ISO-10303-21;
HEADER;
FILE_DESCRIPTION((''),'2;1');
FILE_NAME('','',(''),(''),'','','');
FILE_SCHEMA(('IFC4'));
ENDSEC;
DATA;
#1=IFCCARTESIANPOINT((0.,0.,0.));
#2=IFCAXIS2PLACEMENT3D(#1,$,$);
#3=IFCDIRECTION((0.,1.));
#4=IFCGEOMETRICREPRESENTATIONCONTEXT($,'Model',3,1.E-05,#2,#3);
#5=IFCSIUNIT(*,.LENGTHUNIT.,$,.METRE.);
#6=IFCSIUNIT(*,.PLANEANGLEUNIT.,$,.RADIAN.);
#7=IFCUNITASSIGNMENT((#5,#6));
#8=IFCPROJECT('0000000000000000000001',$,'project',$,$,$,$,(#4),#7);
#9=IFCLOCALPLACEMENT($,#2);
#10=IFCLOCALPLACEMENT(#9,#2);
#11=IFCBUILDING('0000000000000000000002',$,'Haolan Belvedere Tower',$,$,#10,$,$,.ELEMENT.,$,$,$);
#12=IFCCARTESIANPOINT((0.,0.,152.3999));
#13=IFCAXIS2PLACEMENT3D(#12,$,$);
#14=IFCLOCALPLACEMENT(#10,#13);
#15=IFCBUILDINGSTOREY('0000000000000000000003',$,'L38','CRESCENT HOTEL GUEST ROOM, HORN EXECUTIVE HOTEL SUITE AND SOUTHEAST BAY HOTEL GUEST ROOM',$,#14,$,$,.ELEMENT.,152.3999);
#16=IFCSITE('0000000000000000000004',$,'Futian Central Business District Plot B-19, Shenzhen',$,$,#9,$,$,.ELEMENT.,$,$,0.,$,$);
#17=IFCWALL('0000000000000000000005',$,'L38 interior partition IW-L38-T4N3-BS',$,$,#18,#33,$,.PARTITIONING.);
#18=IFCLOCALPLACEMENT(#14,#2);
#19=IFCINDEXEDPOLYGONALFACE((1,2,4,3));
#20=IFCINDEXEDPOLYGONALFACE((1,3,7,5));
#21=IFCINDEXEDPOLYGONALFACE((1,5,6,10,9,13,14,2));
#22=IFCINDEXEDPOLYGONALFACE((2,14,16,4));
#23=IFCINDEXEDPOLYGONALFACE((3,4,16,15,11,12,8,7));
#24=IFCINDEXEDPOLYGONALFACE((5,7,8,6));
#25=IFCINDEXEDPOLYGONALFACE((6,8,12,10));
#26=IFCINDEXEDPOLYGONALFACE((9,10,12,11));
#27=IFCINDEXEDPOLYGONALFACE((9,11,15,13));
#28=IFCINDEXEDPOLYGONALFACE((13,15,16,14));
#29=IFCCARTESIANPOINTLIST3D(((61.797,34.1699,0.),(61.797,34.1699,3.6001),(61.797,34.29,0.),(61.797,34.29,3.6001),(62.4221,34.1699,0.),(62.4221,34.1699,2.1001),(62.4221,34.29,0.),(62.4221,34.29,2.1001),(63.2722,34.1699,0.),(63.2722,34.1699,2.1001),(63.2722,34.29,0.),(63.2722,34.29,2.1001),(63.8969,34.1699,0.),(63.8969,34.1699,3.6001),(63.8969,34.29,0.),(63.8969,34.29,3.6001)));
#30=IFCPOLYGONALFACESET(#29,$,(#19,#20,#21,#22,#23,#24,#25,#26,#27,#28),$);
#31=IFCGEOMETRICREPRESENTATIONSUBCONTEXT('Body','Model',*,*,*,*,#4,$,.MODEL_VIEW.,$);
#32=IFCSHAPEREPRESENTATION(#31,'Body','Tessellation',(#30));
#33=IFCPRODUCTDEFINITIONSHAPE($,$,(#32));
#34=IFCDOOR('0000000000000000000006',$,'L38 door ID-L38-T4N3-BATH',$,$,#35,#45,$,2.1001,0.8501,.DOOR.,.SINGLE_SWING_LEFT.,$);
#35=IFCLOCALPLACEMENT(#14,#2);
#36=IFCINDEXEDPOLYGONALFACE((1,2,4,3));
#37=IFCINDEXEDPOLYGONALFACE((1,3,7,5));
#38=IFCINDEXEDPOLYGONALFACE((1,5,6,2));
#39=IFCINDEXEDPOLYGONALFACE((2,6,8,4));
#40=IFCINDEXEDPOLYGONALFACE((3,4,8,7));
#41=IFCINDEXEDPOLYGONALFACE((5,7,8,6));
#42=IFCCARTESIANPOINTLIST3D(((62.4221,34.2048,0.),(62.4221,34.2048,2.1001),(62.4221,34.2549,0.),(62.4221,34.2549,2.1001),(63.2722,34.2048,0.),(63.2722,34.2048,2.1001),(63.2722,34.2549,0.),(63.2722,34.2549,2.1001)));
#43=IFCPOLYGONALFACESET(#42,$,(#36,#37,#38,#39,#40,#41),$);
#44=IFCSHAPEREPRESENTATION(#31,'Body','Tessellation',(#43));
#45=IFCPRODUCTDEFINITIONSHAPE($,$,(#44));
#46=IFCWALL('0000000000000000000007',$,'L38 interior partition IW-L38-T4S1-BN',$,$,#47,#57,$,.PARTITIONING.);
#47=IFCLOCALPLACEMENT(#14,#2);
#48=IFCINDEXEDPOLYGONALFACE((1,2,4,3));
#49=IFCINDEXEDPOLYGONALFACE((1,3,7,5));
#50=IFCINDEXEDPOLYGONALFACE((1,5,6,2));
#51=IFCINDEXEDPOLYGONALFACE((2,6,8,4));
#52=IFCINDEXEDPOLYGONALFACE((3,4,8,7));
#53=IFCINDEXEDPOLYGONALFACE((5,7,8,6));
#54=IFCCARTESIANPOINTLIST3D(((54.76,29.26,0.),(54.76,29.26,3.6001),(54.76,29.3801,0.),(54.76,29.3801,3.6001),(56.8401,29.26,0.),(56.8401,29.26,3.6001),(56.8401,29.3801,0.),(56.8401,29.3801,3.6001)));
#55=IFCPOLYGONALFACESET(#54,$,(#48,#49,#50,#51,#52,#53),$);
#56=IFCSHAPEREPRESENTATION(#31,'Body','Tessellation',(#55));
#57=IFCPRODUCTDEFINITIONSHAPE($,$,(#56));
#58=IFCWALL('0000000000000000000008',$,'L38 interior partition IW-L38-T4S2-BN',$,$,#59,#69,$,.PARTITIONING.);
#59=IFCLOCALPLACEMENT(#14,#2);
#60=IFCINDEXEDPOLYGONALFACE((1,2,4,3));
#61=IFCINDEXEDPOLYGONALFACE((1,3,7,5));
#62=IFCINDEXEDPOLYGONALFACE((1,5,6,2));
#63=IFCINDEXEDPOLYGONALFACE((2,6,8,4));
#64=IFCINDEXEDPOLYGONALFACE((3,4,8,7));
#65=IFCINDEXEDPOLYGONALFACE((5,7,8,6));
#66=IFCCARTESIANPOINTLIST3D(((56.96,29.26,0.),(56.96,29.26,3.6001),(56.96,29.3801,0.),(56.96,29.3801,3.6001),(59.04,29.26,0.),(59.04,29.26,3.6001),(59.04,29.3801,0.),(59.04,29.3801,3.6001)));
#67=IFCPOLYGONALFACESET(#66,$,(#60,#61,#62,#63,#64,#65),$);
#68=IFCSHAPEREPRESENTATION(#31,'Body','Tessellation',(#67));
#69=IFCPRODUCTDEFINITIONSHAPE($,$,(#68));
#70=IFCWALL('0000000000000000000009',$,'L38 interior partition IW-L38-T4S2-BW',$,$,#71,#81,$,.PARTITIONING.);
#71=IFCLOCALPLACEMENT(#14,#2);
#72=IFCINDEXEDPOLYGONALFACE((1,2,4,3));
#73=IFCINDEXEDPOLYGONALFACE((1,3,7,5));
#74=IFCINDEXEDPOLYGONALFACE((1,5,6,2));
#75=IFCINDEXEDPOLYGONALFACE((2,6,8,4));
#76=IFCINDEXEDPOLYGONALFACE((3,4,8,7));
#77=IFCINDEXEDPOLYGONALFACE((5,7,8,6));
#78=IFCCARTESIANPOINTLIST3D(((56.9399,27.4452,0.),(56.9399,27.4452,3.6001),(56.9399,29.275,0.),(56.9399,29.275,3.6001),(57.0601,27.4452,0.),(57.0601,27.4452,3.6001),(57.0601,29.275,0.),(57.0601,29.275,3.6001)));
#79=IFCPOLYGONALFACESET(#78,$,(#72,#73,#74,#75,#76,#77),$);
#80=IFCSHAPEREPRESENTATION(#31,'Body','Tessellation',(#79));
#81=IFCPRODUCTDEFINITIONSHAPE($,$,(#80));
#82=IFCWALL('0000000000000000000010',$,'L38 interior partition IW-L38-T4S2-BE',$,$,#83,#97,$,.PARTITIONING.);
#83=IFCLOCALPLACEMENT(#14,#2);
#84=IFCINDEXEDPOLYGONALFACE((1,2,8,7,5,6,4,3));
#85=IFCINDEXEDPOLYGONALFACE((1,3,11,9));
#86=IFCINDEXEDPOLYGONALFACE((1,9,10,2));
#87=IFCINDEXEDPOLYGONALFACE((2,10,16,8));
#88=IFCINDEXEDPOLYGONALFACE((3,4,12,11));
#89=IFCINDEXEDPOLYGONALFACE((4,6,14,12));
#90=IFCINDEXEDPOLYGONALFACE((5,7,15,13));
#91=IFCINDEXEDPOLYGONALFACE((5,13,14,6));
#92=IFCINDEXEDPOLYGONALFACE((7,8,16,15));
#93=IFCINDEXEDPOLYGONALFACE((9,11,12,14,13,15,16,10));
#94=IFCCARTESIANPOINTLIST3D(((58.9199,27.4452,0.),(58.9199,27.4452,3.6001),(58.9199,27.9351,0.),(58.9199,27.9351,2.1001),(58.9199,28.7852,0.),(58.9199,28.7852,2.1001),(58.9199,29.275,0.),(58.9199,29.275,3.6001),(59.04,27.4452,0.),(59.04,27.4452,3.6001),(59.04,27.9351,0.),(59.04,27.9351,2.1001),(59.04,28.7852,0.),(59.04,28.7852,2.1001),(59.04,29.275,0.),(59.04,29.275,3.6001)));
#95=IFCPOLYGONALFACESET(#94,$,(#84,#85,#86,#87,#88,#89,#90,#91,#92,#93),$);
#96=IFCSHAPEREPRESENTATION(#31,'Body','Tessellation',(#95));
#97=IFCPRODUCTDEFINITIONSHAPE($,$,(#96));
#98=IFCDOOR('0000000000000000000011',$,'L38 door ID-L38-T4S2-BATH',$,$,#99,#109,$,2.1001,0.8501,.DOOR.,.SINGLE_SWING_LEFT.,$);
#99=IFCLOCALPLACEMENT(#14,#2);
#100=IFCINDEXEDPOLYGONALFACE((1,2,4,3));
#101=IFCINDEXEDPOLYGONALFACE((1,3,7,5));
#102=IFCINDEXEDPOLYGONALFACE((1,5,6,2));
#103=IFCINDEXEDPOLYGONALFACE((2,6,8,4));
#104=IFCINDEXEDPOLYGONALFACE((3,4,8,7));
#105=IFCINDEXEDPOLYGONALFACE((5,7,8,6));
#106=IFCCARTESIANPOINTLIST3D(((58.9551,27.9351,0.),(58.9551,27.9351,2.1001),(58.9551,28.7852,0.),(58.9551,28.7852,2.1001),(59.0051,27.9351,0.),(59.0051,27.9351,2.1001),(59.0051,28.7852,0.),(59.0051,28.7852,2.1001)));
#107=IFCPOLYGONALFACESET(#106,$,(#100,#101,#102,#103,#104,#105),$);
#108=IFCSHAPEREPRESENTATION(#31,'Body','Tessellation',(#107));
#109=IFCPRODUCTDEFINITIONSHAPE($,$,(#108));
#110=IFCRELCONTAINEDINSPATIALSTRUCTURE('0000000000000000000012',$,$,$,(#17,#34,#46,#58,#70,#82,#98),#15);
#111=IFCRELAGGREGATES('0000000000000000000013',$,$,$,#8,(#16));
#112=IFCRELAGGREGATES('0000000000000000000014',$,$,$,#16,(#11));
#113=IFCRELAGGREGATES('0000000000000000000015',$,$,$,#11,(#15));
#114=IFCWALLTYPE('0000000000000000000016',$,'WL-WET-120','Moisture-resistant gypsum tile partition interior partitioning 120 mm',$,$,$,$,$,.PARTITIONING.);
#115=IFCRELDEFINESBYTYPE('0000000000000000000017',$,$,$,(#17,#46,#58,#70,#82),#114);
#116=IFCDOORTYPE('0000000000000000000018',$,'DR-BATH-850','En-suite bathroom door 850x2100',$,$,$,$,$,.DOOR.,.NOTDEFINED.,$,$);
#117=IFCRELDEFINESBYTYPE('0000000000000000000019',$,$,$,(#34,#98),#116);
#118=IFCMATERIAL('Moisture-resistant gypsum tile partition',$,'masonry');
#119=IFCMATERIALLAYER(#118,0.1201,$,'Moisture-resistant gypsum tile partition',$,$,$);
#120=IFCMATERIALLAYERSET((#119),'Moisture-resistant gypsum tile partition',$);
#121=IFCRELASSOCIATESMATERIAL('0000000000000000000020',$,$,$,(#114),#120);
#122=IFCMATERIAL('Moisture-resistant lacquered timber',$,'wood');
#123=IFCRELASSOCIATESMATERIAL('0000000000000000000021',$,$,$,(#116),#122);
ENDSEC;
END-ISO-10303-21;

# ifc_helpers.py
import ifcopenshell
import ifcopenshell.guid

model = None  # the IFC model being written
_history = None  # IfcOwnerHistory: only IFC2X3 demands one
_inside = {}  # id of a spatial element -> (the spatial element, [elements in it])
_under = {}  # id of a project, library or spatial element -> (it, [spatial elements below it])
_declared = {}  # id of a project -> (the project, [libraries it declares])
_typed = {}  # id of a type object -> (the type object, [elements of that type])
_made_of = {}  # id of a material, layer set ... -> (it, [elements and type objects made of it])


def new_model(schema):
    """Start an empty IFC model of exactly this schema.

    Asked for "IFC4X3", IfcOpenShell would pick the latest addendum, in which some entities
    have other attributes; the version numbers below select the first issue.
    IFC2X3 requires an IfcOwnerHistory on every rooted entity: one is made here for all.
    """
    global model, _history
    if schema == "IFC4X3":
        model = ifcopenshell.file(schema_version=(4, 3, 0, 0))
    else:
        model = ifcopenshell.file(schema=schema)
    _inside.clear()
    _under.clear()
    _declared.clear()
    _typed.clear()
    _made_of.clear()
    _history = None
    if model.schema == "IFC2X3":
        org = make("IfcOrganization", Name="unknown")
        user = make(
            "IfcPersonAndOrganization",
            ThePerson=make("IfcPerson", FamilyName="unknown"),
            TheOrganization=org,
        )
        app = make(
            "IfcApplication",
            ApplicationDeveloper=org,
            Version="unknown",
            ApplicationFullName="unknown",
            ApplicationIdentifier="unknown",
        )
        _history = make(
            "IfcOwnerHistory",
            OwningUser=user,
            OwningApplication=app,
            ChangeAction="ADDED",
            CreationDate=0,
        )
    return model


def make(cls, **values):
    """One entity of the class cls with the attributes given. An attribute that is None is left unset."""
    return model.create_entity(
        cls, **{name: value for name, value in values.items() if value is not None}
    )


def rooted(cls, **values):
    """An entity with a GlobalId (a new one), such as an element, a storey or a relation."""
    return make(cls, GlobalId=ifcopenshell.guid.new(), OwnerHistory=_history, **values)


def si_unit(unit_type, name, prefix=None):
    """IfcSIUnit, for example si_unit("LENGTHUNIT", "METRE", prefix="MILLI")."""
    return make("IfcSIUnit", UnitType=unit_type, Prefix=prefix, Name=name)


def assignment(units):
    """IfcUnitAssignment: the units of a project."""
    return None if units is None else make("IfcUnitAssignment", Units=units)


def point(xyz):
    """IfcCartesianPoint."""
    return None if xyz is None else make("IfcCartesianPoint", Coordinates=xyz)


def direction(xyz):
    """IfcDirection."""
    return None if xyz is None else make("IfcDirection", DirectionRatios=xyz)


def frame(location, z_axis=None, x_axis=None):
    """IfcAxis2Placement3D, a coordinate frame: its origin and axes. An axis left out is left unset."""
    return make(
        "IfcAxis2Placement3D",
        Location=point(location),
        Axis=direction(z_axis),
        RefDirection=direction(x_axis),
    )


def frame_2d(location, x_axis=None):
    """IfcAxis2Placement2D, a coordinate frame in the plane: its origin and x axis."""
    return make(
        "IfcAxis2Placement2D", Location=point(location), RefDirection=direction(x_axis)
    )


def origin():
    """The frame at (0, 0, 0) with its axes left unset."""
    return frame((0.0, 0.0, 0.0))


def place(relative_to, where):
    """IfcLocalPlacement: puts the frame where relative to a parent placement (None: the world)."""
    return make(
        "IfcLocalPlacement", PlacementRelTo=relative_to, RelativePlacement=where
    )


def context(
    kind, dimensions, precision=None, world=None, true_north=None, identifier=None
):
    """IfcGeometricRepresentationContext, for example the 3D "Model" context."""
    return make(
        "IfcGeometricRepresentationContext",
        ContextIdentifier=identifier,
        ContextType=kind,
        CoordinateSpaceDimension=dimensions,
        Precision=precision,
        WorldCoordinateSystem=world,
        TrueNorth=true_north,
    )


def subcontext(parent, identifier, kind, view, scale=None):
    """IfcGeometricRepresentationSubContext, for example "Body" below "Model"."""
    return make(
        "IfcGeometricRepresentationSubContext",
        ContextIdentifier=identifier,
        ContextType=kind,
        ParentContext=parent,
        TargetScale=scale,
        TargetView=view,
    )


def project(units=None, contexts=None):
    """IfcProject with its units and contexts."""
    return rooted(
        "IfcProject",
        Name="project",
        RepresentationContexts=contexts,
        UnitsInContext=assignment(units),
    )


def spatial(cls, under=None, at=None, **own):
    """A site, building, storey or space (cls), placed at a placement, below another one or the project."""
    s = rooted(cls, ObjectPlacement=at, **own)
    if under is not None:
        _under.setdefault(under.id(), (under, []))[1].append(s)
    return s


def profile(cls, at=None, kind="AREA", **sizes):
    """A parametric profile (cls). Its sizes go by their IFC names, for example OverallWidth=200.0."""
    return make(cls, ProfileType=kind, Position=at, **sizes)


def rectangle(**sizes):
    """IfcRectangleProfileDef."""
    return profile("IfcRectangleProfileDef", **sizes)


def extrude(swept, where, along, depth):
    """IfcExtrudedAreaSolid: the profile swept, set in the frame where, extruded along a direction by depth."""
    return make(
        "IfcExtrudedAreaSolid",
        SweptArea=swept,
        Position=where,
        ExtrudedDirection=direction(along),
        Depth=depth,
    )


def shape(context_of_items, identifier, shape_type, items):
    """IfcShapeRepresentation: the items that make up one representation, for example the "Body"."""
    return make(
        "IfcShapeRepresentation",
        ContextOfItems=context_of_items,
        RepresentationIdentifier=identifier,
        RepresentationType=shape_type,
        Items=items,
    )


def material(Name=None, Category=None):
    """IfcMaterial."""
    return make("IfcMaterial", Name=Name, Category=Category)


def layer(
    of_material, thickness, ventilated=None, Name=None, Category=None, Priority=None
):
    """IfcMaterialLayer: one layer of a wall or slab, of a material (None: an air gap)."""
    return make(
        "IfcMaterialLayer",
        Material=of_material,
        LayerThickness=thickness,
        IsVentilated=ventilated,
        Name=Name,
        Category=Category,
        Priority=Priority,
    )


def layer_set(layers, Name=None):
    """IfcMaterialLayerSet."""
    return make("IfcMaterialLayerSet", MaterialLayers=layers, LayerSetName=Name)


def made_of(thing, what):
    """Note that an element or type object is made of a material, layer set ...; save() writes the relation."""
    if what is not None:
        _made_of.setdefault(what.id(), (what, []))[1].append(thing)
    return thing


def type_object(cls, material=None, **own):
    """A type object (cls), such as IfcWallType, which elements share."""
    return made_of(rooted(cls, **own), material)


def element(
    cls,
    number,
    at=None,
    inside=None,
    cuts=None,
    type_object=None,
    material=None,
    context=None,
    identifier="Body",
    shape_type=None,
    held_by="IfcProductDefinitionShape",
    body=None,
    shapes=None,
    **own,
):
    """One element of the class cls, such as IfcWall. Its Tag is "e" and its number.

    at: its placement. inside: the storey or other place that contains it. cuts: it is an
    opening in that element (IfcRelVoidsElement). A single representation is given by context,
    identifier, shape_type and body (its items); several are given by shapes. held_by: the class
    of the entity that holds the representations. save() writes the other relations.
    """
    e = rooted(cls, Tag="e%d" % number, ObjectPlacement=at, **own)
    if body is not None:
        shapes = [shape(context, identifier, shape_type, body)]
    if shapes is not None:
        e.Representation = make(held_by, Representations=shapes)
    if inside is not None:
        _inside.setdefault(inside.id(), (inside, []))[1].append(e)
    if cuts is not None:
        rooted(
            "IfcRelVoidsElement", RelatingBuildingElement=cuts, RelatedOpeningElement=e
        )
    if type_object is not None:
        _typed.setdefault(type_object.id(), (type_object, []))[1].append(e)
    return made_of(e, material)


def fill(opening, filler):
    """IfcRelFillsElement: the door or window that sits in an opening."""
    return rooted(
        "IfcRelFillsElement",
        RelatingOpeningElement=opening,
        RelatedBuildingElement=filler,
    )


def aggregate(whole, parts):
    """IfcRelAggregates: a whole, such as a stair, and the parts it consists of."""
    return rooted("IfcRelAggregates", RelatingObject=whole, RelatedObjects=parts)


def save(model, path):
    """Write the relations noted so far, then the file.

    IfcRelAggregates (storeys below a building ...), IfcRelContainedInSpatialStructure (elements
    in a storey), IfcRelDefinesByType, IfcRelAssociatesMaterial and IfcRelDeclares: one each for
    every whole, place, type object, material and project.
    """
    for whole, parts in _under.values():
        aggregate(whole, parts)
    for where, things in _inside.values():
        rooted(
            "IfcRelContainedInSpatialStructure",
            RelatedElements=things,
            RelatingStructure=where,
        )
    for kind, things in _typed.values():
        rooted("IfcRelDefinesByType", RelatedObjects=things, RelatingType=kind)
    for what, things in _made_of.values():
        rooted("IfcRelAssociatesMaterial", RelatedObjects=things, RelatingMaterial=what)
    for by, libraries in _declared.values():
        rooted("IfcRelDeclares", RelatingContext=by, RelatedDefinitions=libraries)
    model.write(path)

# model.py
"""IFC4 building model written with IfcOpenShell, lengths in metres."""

from ifc_helpers import new_model, si_unit, direction, frame, frame_2d, origin, place, context, subcontext, project, spatial, rectangle, extrude, material, layer, layer_set, type_object, element, fill, save


model = new_model("IFC4")

# Units and contexts
model_context = context("Model", 3, precision=1e-05, world=origin(), true_north=direction((0.0, 1.0)))
body_context = subcontext(model_context, "Body", "Model", "MODEL_VIEW")
ifc_project = project(units=[si_unit("LENGTHUNIT", "METRE"), si_unit("PLANEANGLEUNIT", "RADIAN")], contexts=[model_context])

# Site, building, storey
site_placement = place(None, origin())
site = spatial("IfcSite", under=ifc_project, at=site_placement, Name="Futian Central Business District Plot B-19, Shenzhen", CompositionType="ELEMENT", RefElevation=0.0)
building_placement = place(site_placement, origin())
building = spatial("IfcBuilding", under=site, at=building_placement, Name="Haolan Belvedere Tower", CompositionType="ELEMENT")
storey_placement = place(building_placement, frame((0.0, 0.0, 152.3999)))
storey = spatial("IfcBuildingStorey", under=building, at=storey_placement, Name="L38", Description="CRESCENT HOTEL GUEST ROOM, HORN EXECUTIVE HOTEL SUITE AND SOUTHEAST BAY HOTEL GUEST ROOM", CompositionType="ELEMENT", Elevation=152.3999)

# Shared definitions
ifc_material_1 = material(Name="Moisture-resistant gypsum tile partition", Category="masonry")
ifc_layer_1 = layer(ifc_material_1, 0.1201, Name="Moisture-resistant gypsum tile partition")
ifc_layer_set_1 = layer_set([ifc_layer_1], Name="Moisture-resistant gypsum tile partition")
wall_type_1 = type_object("IfcWallType", Name="WL-WET-120", Description="Moisture-resistant gypsum tile partition interior partitioning 120 mm", PredefinedType="PARTITIONING", material=ifc_layer_set_1)

# Wall, opening, door
wall_1_placement = place(storey_placement, frame((61.7971, 34.23, 0.0), z_axis=(0.0, 0.0, 1.0), x_axis=(1.0, 0.0, 0.0)))
wall_1 = element("IfcWall", 1, at=wall_1_placement, inside=storey, type_object=wall_type_1, Name="L38 interior partition IW-L38-T4N3-BS", PredefinedType="PARTITIONING", context=body_context, shape_type="SweptSolid", body=[
    extrude(rectangle(XDim=2.0999, YDim=0.1201, at=frame_2d((1.0498, 0.0))), origin(), (0.0, 0.0, 1.0), 3.6001),
])
opening_1_placement = place(wall_1_placement, frame((0.625, 0.0, 0.0)))
opening_1 = element("IfcOpeningElement", 2, at=opening_1_placement, cuts=wall_1, PredefinedType="OPENING", context=body_context, shape_type="SweptSolid", body=[
    extrude(rectangle(XDim=0.8501, YDim=2.1001, at=frame_2d((0.425, 1.05))), frame((0.0, 0.0701, 0.0), z_axis=(0.0, -1.0, 0.0), x_axis=(1.0, 0.0, 0.0)), (0.0, 0.0, 1.0), 0.1401),
])
ifc_material_2 = material(Name="Moisture-resistant lacquered timber", Category="wood")
door_type_1 = type_object("IfcDoorType", Name="DR-BATH-850", Description="En-suite bathroom door 850x2100", OperationType="NOTDEFINED", PredefinedType="DOOR", material=ifc_material_2)
door_1_placement = place(opening_1_placement, origin())
door_1 = element("IfcDoor", 3, at=door_1_placement, inside=storey, type_object=door_type_1, Name="L38 door ID-L38-T4N3-BATH", OperationType="SINGLE_SWING_LEFT", OverallHeight=2.1001, OverallWidth=0.8501, PredefinedType="DOOR", context=body_context, shape_type="SweptSolid", body=[
    extrude(rectangle(XDim=0.8501, YDim=2.1001, at=frame_2d((0.425, 1.05))), frame((0.0, 0.0249, 0.0), z_axis=(0.0, -1.0, 0.0), x_axis=(1.0, 0.0, 0.0)), (0.0, 0.0, 1.0), 0.05),
])
fill(opening_1, door_1)

# Walls
for number, where, z_axis, x_axis, name in (
    (4, (54.76, 29.3201, 0.0), (0.0, 0.0, 1.0), (1.0, 0.0, 0.0), "L38 interior partition IW-L38-T4S1-BN"),
    (5, (56.96, 29.3201, 0.0), (0.0, 0.0, 1.0), (1.0, 0.0, 0.0), "L38 interior partition IW-L38-T4S2-BN"),
):
    element("IfcWall", number, at=place(storey_placement, frame(where, z_axis=z_axis, x_axis=x_axis)), inside=storey, type_object=wall_type_1, Name=name, PredefinedType="PARTITIONING", context=body_context, shape_type="SweptSolid", body=[
        extrude(rectangle(XDim=2.0801, YDim=0.1201, at=frame_2d((1.04, 0.0))), origin(), (0.0, 0.0, 1.0), 3.6001),
    ])
wall_2_placement = place(storey_placement, frame((57.0, 27.4451, 0.0), z_axis=(0.0, 0.0, 1.0), x_axis=(0.0, 1.0, 0.0)))
element("IfcWall", 6, at=wall_2_placement, inside=storey, type_object=wall_type_1, Name="L38 interior partition IW-L38-T4S2-BW", PredefinedType="PARTITIONING", context=body_context, shape_type="SweptSolid", body=[
    extrude(rectangle(XDim=1.8298, YDim=0.1201, at=frame_2d((0.915, 0.0))), origin(), (0.0, 0.0, 1.0), 3.6001),
])

# Wall, opening, door
wall_3_placement = place(storey_placement, frame((58.98, 27.4451, 0.0), z_axis=(0.0, 0.0, 1.0), x_axis=(0.0, 1.0, 0.0)))
wall_3 = element("IfcWall", 7, at=wall_3_placement, inside=storey, type_object=wall_type_1, Name="L38 interior partition IW-L38-T4S2-BE", PredefinedType="PARTITIONING", context=body_context, shape_type="SweptSolid", body=[
    extrude(rectangle(XDim=1.8298, YDim=0.1201, at=frame_2d((0.915, 0.0))), origin(), (0.0, 0.0, 1.0), 3.6001),
])
opening_2_placement = place(wall_3_placement, frame((0.49, 0.0, 0.0)))
opening_2 = element("IfcOpeningElement", 8, at=opening_2_placement, cuts=wall_3, PredefinedType="OPENING", context=body_context, shape_type="SweptSolid", body=[
    extrude(rectangle(XDim=0.8501, YDim=2.1001, at=frame_2d((0.425, 1.05))), frame((0.0, 0.0701, 0.0), z_axis=(0.0, -1.0, 0.0), x_axis=(1.0, 0.0, 0.0)), (0.0, 0.0, 1.0), 0.1401),
])
door_2_placement = place(opening_2_placement, origin())
door_2 = element("IfcDoor", 9, at=door_2_placement, inside=storey, type_object=door_type_1, Name="L38 door ID-L38-T4S2-BATH", OperationType="SINGLE_SWING_LEFT", OverallHeight=2.1001, OverallWidth=0.8501, PredefinedType="DOOR", context=body_context, shape_type="SweptSolid", body=[
    extrude(rectangle(XDim=0.8501, YDim=2.1001, at=frame_2d((0.425, 1.05))), frame((0.0, 0.0249, 0.0), z_axis=(0.0, -1.0, 0.0), x_axis=(1.0, 0.0, 0.0)), (0.0, 0.0, 1.0), 0.05),
])
fill(opening_2, door_2)

save(model, "model.ifc")
